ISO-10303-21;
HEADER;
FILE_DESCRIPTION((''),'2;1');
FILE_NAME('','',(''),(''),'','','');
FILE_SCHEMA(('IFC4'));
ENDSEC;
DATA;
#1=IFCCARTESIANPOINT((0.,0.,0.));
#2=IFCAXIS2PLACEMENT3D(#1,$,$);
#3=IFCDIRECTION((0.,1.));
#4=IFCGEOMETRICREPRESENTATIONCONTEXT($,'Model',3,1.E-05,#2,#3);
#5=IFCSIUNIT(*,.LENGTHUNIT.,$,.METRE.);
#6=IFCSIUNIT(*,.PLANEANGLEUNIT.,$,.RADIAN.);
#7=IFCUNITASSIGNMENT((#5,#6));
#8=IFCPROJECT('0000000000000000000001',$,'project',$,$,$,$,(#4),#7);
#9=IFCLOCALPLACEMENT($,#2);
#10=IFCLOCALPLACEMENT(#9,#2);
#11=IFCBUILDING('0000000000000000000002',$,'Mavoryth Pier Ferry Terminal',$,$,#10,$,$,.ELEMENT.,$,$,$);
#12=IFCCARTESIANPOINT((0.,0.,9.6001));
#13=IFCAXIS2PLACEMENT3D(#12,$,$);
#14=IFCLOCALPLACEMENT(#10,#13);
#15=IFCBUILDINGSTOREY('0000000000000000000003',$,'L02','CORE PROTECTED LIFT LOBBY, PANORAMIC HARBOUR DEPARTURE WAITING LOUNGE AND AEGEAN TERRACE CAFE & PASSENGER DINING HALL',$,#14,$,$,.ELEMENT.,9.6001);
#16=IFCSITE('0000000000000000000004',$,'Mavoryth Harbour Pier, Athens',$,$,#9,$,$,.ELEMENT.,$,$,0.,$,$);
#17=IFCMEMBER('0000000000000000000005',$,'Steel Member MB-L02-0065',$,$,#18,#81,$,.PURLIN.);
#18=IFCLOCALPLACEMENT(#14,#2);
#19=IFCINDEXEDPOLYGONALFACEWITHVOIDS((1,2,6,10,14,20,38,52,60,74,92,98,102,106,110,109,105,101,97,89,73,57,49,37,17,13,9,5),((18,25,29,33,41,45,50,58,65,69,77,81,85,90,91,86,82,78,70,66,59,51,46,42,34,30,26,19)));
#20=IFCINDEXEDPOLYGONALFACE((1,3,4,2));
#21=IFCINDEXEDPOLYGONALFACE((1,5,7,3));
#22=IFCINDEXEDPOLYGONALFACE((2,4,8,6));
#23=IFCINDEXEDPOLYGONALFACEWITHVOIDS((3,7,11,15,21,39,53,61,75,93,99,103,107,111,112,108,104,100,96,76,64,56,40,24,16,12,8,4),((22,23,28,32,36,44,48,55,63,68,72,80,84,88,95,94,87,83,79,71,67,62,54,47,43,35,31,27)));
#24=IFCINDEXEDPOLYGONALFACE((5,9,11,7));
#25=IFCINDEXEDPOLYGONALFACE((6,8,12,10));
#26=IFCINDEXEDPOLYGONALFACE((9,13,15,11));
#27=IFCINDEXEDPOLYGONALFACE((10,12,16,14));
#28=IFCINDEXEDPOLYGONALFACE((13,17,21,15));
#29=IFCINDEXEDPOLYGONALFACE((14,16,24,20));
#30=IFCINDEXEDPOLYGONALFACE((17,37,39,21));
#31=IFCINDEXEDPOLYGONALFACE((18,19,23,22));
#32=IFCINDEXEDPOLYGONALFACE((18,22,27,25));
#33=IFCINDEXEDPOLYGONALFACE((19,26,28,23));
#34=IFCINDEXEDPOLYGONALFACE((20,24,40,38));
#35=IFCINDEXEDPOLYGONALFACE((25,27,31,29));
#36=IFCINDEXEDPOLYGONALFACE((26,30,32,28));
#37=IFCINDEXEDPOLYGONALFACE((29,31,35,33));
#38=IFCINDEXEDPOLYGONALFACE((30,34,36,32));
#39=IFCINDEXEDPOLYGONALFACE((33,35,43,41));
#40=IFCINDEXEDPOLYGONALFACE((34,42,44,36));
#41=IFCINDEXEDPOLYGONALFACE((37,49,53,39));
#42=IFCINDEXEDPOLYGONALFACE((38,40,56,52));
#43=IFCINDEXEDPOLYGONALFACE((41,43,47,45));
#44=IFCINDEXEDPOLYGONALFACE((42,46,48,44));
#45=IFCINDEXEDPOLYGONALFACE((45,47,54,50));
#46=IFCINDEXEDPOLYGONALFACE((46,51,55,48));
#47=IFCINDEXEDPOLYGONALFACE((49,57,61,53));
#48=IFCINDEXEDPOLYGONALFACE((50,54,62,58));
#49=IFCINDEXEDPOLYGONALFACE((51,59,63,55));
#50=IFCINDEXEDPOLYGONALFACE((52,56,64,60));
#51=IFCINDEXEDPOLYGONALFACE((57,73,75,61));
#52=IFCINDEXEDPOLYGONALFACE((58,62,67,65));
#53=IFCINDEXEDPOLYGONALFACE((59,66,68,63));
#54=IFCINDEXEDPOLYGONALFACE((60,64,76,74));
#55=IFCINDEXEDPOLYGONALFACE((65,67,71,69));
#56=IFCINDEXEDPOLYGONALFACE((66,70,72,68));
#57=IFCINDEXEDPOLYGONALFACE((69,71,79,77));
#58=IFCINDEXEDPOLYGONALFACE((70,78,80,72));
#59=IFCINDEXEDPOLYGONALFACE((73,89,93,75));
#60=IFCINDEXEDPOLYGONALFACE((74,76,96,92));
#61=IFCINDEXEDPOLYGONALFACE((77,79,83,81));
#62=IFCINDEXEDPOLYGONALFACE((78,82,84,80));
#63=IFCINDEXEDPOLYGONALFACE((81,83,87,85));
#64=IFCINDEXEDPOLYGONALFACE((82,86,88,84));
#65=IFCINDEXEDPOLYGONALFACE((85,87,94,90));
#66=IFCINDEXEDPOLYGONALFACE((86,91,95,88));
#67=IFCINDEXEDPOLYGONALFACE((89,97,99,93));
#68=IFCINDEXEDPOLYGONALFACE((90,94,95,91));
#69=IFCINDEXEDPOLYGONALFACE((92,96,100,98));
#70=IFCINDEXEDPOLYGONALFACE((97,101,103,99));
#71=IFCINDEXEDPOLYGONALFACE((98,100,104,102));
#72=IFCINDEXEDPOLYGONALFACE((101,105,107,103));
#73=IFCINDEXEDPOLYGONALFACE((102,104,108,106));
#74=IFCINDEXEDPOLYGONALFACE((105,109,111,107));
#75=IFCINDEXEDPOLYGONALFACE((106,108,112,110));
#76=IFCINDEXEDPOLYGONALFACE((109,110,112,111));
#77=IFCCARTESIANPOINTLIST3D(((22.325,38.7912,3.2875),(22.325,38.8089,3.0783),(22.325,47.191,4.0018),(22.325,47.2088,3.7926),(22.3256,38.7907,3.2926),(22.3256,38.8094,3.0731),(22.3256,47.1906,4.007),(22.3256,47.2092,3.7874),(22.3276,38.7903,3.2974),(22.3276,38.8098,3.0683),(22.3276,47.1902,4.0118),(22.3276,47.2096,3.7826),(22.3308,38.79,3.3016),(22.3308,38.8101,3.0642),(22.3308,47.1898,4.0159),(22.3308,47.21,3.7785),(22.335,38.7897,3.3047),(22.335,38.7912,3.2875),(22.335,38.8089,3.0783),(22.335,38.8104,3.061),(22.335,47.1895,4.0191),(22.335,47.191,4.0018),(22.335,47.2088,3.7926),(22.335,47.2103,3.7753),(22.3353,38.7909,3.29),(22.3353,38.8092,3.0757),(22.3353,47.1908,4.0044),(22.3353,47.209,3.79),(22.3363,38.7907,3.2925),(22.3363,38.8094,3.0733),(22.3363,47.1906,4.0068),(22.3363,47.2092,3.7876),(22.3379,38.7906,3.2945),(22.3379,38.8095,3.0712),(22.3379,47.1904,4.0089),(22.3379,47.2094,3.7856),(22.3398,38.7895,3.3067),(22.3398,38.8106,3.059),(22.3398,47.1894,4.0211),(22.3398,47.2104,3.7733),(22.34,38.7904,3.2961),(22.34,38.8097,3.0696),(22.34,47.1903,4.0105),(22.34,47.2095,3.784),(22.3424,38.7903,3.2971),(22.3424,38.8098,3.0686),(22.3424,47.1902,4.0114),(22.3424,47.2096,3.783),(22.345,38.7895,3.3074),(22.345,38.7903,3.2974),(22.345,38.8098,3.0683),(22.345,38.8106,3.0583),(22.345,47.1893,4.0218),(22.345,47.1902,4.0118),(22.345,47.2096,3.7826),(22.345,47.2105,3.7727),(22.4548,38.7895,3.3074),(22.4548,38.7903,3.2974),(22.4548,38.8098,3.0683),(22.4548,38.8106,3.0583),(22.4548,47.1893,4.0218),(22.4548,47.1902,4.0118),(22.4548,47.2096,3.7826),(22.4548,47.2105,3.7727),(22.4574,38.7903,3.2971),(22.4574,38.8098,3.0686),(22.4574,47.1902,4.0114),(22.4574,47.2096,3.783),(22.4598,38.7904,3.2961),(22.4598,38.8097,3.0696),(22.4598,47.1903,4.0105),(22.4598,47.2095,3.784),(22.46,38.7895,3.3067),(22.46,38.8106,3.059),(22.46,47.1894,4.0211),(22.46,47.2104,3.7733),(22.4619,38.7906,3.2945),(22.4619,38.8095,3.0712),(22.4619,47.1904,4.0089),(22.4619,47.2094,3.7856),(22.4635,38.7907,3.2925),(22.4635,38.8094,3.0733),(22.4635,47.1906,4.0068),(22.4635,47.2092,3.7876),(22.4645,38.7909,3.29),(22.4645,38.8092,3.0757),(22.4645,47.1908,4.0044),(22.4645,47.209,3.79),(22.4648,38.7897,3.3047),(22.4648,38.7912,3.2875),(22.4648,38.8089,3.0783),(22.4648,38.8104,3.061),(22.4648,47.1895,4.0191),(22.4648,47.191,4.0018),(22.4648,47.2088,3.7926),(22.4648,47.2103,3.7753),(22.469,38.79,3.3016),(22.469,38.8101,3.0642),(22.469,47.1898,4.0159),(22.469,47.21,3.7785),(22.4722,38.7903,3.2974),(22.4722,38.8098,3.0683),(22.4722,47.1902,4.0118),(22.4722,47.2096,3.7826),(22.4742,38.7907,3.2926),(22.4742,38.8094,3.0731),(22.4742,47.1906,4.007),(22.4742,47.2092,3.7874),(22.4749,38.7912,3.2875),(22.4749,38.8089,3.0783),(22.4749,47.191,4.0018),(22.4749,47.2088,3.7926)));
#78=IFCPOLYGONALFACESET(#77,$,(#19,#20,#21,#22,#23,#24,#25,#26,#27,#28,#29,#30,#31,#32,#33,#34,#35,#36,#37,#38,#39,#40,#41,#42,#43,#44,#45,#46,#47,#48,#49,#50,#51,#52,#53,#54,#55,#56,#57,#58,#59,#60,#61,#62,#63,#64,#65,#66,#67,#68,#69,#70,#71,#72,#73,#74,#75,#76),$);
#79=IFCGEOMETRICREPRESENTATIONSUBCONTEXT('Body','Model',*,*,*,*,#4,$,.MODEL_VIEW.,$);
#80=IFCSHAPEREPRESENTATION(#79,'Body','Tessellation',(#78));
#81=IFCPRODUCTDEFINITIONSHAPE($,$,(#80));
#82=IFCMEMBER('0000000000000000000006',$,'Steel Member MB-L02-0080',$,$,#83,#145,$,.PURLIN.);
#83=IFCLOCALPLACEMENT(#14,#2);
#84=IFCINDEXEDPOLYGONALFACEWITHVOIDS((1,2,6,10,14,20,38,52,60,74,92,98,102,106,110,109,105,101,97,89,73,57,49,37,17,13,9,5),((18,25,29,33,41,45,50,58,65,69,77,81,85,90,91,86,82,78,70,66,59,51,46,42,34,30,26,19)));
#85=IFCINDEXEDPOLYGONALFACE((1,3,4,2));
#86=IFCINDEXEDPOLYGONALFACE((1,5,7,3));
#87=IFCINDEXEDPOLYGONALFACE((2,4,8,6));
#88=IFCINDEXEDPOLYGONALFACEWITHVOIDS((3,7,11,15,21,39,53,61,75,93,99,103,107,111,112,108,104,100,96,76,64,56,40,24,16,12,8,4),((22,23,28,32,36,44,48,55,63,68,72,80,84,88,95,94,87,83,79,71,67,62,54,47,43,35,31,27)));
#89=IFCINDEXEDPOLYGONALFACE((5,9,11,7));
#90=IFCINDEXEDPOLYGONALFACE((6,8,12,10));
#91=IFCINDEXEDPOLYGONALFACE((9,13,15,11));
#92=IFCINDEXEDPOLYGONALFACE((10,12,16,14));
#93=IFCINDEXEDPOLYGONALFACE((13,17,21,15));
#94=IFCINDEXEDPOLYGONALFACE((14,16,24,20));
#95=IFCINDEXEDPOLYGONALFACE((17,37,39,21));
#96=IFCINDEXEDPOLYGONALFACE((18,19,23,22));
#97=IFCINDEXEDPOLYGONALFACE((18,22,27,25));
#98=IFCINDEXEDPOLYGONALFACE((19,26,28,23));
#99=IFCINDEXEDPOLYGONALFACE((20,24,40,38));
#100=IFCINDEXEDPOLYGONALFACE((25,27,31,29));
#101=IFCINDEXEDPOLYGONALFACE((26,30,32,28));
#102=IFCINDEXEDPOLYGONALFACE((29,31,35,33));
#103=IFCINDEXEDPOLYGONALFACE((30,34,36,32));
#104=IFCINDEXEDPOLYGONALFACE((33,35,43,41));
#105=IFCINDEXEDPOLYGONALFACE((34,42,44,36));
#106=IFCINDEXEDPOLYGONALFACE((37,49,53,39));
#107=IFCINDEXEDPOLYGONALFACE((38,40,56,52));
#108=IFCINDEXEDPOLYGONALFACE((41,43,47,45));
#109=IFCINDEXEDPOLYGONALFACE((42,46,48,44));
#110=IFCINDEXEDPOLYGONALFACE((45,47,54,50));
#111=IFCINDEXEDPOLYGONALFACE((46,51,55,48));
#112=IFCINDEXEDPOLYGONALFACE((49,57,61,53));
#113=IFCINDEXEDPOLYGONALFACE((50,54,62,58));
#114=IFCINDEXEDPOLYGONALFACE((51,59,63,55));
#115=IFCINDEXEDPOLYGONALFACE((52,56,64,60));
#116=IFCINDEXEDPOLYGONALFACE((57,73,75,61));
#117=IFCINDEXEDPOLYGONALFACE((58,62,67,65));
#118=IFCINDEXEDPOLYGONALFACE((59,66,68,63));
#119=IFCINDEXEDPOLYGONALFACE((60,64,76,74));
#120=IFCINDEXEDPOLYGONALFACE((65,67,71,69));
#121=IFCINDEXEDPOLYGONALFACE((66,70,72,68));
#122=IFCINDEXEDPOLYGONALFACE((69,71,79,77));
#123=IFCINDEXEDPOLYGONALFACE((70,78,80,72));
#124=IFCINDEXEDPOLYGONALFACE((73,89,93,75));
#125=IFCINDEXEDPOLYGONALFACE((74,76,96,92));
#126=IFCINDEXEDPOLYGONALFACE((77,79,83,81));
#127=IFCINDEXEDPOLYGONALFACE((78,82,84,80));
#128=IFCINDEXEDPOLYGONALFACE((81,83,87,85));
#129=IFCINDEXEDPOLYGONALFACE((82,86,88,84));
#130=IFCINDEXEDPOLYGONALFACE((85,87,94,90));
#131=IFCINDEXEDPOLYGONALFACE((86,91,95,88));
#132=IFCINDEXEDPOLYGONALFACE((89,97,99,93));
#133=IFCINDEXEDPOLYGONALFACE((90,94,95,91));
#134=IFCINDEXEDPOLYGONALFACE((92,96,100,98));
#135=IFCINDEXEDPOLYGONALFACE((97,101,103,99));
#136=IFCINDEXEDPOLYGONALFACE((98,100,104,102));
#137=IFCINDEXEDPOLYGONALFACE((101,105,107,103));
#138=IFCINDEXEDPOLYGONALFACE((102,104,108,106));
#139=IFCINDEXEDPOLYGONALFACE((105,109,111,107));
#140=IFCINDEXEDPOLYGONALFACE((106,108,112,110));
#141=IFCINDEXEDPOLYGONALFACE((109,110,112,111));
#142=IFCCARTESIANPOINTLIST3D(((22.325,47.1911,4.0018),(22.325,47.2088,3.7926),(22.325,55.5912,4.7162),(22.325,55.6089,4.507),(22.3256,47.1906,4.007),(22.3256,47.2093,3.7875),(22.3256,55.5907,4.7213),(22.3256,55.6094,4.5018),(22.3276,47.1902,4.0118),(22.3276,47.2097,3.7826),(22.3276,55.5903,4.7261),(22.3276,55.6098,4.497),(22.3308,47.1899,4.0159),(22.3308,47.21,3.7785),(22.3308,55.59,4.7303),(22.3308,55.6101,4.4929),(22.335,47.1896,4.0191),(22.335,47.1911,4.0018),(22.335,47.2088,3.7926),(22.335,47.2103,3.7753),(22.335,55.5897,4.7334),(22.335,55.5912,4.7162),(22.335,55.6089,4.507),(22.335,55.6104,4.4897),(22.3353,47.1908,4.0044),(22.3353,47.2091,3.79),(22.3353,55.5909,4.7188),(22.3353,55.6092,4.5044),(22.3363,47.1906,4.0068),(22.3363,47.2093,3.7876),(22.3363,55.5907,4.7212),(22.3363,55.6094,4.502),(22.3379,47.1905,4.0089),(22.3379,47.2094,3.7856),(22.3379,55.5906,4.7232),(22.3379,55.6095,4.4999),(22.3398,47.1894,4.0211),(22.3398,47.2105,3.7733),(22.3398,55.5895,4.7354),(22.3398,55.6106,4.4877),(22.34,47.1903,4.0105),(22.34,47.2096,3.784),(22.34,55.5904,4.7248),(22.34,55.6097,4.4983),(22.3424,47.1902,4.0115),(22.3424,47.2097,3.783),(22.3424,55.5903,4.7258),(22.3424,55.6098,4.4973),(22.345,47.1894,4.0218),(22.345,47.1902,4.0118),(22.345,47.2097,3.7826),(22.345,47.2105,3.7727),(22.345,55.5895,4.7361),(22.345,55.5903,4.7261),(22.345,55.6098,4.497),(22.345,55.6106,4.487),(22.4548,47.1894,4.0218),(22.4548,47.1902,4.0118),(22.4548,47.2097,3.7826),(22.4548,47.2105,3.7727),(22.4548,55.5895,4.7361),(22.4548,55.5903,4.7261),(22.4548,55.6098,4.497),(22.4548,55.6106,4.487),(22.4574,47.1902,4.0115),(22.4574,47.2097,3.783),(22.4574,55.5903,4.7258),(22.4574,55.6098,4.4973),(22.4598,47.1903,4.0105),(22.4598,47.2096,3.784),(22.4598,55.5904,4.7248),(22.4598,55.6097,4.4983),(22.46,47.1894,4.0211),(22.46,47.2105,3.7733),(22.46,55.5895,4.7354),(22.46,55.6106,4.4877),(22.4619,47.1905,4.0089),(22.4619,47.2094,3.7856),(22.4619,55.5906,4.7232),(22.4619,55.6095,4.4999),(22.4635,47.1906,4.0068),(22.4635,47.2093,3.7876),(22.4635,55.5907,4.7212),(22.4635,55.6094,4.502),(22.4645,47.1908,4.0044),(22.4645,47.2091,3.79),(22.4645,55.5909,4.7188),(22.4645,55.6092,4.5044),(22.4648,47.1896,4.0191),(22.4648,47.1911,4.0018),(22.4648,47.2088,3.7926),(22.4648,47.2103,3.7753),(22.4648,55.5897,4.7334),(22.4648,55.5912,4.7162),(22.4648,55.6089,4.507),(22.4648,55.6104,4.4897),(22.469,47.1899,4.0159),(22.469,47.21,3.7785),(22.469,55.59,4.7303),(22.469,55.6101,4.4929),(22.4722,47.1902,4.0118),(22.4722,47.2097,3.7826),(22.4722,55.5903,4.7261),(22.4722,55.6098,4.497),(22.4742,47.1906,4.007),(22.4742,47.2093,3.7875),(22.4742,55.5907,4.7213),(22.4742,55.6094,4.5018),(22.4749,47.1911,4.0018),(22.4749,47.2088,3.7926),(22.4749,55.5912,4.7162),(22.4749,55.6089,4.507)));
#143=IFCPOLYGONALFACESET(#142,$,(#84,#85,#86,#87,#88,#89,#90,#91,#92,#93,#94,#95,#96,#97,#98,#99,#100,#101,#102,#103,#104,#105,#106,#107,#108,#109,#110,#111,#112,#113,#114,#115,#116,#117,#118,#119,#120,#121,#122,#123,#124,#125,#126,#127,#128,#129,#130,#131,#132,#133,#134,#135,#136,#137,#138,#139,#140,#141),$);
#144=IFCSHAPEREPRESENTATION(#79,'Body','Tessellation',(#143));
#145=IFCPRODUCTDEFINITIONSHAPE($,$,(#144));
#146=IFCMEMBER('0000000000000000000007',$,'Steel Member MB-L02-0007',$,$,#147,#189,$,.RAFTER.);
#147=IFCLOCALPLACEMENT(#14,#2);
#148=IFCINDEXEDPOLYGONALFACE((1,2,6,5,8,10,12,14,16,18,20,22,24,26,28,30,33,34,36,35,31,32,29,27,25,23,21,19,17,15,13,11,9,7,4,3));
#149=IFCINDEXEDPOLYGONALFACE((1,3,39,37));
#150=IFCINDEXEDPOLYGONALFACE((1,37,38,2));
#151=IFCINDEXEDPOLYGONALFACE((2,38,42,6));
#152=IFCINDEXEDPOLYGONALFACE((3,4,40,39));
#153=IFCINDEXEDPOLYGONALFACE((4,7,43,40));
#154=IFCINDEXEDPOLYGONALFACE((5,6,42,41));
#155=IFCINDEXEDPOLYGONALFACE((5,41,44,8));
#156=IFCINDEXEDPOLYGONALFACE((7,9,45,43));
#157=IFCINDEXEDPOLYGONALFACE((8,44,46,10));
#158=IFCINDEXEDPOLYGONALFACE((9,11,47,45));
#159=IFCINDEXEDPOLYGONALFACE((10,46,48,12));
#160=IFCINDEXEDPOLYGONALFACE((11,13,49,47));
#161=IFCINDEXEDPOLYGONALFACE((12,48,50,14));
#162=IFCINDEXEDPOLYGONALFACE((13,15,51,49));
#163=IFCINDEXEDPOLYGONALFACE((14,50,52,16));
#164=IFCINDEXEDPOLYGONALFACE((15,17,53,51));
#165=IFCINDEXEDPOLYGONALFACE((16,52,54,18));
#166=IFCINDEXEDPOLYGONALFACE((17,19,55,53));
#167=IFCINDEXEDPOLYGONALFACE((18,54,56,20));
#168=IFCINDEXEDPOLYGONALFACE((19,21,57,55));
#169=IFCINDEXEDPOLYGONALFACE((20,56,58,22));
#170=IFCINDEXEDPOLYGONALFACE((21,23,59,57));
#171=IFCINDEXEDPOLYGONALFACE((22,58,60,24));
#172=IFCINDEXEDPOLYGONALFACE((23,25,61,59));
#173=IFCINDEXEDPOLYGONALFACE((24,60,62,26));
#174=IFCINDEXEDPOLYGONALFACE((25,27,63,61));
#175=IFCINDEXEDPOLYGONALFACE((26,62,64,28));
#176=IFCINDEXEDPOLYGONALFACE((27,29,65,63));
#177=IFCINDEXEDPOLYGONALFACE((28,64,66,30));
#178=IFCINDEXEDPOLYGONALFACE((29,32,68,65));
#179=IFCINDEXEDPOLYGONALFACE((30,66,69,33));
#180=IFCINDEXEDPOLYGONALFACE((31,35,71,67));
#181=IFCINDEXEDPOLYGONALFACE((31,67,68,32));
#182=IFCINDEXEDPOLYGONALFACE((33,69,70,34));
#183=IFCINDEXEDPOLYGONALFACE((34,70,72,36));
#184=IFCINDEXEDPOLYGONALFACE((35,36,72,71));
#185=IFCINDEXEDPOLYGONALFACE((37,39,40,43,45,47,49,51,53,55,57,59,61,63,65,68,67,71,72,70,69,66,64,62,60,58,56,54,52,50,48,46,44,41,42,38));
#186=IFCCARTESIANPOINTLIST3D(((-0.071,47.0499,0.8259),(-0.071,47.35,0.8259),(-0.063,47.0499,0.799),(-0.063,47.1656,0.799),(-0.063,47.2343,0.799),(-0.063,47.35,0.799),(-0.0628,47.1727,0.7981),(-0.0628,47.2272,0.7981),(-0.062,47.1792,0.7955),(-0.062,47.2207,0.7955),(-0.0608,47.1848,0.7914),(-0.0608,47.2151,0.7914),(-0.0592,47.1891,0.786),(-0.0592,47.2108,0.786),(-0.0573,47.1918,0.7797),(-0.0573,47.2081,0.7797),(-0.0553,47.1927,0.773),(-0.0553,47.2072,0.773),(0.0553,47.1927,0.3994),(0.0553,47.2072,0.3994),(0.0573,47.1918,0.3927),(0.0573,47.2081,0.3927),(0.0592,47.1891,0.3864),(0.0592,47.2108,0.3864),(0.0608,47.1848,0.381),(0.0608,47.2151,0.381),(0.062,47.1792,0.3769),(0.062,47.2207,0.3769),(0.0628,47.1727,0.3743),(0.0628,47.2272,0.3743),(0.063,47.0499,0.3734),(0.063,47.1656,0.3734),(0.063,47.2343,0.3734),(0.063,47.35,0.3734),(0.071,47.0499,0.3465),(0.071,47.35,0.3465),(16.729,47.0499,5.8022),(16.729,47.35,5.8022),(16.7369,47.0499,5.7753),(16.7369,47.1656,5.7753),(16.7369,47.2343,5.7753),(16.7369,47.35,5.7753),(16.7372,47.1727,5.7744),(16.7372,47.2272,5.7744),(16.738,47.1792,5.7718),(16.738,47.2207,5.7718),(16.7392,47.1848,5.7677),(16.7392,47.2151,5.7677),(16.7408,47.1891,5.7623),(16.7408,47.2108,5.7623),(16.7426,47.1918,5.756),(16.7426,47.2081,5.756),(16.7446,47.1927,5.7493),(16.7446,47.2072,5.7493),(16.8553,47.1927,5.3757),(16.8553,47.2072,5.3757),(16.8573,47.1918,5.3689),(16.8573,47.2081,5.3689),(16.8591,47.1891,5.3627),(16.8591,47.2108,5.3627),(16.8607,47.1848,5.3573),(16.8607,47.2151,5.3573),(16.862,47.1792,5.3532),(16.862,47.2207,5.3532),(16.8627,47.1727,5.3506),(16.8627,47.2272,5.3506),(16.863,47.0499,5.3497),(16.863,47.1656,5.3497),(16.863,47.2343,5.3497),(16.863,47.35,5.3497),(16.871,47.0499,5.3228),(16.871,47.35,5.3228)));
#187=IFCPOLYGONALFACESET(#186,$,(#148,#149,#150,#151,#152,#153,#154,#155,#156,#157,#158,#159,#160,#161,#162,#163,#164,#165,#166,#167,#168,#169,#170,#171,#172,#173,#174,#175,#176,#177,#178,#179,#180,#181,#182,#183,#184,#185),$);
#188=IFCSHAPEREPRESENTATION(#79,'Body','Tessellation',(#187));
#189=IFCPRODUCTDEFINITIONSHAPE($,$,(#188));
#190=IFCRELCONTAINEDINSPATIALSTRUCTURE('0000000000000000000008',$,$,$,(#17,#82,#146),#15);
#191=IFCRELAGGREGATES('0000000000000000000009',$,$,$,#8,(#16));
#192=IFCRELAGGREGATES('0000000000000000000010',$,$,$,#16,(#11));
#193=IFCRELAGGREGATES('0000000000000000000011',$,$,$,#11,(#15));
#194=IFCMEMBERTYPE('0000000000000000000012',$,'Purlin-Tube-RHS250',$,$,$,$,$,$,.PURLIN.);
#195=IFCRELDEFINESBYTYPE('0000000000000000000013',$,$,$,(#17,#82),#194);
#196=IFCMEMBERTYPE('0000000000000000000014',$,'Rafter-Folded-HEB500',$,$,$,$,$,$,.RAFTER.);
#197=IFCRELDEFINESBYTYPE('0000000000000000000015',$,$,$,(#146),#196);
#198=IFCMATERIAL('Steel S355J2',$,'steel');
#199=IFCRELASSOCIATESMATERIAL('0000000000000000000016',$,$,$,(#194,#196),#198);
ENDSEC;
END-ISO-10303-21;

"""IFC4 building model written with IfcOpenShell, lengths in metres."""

from ifc_helpers import new_model, si_unit, direction, frame, origin, origin_2d, place, context, subcontext, project, spatial, hollow_rectangle, i_section, extrude, material, material_profile, profile_set, type_object, element, save


model = new_model("IFC4")

# Units and contexts
model_context = context("Model", 3, precision=1e-05, world=origin(), true_north=direction((0.0, 1.0)))
body_context = subcontext(model_context, "Body", "Model", "MODEL_VIEW")
ifc_project = project(units=[si_unit("LENGTHUNIT", "METRE"), si_unit("PLANEANGLEUNIT", "RADIAN")], contexts=[model_context])

# Site, building, storey
site_placement = place(None, origin())
site = spatial("IfcSite", under=ifc_project, at=site_placement, Name="Mavoryth Harbour Pier, Athens", CompositionType="ELEMENT", RefElevation=0.0)
building_placement = place(site_placement, origin())
building = spatial("IfcBuilding", under=site, at=building_placement, Name="Mavoryth Pier Ferry Terminal", CompositionType="ELEMENT")
storey_placement = place(building_placement, frame((0.0, 0.0, 9.6001)))
storey = spatial("IfcBuildingStorey", under=building, at=storey_placement, Name="L02", Description="CORE PROTECTED LIFT LOBBY, PANORAMIC HARBOUR DEPARTURE WAITING LOUNGE AND AEGEAN TERRACE CAFE & PASSENGER DINING HALL", CompositionType="ELEMENT", Elevation=9.6001)

# Members
ifc_material_1 = material(Name="Steel S355J2", Category="steel")
ifc_material_profile_1 = material_profile(ifc_material_1, hollow_rectangle(XDim=0.1499, YDim=0.25, WallThickness=0.01, InnerFilletRadius=0.01, OuterFilletRadius=0.02, at=origin_2d()), Name="RHS 250x150x10.0", Category="steel")
ifc_profile_set_1 = profile_set([ifc_material_profile_1], Name="Steel S355J2 - RHS 250x150x10.0")
member_type_1 = type_object("IfcMemberType", Name="Purlin-Tube-RHS250", PredefinedType="PURLIN", material=ifc_profile_set_1)
member_1_placement = place(storey_placement, frame((22.3999, 38.8, 3.1829), z_axis=(0.0, 0.996403, 0.084737), x_axis=(-1.0, 0.0, 0.0)))
element("IfcMember", 1, at=member_1_placement, inside=storey, type_object=member_type_1, Name="Steel Member MB-L02-0065", PredefinedType="PURLIN", context=body_context, shape_type="SweptSolid", body=[
    extrude(hollow_rectangle(XDim=0.1499, YDim=0.25, WallThickness=0.01, InnerFilletRadius=0.01, OuterFilletRadius=0.02, at=origin_2d()), origin(), (0.0, 0.0, 1.0), 8.4302),
])
member_2_placement = place(storey_placement, frame((22.3999, 47.2, 3.8972), z_axis=(0.0, 0.996404, 0.084735), x_axis=(-1.0, 0.0, 0.0)))
element("IfcMember", 2, at=member_2_placement, inside=storey, type_object=member_type_1, Name="Steel Member MB-L02-0080", PredefinedType="PURLIN", context=body_context, shape_type="SweptSolid", body=[
    extrude(hollow_rectangle(XDim=0.1499, YDim=0.25, WallThickness=0.01, InnerFilletRadius=0.01, OuterFilletRadius=0.02, at=origin_2d()), origin(), (0.0, 0.0, 1.0), 8.4304),
])
ifc_material_profile_2 = material_profile(ifc_material_1, i_section(OverallWidth=0.3, OverallDepth=0.5, WebThickness=0.0144, FlangeThickness=0.0281, FilletRadius=0.0271, at=origin_2d()), Name="HEB 500", Category="steel")
ifc_profile_set_2 = profile_set([ifc_material_profile_2], Name="Steel S355J2 - HEB 500")
member_type_2 = type_object("IfcMemberType", Name="Rafter-Folded-HEB500", PredefinedType="RAFTER", material=ifc_profile_set_2)
for number, where, z_axis, x_axis, name in (
    (3, (0.0, 47.2, 0.5862), (0.958821, 0.0, 0.284011), (0.0, 1.0, 0.0), "Steel Member MB-L02-0007"),
):
    element("IfcMember", number, at=place(storey_placement, frame(where, z_axis=z_axis, x_axis=x_axis)), inside=storey, type_object=member_type_2, Name=name, PredefinedType="RAFTER", context=body_context, shape_type="SweptSolid", body=[
        extrude(i_section(OverallWidth=0.3, OverallDepth=0.5, WebThickness=0.0144, FlangeThickness=0.0281, FilletRadius=0.0271, at=origin_2d()), origin(), (0.0, 0.0, 1.0), 17.5215),
    ])

save(model, "model.ifc")
